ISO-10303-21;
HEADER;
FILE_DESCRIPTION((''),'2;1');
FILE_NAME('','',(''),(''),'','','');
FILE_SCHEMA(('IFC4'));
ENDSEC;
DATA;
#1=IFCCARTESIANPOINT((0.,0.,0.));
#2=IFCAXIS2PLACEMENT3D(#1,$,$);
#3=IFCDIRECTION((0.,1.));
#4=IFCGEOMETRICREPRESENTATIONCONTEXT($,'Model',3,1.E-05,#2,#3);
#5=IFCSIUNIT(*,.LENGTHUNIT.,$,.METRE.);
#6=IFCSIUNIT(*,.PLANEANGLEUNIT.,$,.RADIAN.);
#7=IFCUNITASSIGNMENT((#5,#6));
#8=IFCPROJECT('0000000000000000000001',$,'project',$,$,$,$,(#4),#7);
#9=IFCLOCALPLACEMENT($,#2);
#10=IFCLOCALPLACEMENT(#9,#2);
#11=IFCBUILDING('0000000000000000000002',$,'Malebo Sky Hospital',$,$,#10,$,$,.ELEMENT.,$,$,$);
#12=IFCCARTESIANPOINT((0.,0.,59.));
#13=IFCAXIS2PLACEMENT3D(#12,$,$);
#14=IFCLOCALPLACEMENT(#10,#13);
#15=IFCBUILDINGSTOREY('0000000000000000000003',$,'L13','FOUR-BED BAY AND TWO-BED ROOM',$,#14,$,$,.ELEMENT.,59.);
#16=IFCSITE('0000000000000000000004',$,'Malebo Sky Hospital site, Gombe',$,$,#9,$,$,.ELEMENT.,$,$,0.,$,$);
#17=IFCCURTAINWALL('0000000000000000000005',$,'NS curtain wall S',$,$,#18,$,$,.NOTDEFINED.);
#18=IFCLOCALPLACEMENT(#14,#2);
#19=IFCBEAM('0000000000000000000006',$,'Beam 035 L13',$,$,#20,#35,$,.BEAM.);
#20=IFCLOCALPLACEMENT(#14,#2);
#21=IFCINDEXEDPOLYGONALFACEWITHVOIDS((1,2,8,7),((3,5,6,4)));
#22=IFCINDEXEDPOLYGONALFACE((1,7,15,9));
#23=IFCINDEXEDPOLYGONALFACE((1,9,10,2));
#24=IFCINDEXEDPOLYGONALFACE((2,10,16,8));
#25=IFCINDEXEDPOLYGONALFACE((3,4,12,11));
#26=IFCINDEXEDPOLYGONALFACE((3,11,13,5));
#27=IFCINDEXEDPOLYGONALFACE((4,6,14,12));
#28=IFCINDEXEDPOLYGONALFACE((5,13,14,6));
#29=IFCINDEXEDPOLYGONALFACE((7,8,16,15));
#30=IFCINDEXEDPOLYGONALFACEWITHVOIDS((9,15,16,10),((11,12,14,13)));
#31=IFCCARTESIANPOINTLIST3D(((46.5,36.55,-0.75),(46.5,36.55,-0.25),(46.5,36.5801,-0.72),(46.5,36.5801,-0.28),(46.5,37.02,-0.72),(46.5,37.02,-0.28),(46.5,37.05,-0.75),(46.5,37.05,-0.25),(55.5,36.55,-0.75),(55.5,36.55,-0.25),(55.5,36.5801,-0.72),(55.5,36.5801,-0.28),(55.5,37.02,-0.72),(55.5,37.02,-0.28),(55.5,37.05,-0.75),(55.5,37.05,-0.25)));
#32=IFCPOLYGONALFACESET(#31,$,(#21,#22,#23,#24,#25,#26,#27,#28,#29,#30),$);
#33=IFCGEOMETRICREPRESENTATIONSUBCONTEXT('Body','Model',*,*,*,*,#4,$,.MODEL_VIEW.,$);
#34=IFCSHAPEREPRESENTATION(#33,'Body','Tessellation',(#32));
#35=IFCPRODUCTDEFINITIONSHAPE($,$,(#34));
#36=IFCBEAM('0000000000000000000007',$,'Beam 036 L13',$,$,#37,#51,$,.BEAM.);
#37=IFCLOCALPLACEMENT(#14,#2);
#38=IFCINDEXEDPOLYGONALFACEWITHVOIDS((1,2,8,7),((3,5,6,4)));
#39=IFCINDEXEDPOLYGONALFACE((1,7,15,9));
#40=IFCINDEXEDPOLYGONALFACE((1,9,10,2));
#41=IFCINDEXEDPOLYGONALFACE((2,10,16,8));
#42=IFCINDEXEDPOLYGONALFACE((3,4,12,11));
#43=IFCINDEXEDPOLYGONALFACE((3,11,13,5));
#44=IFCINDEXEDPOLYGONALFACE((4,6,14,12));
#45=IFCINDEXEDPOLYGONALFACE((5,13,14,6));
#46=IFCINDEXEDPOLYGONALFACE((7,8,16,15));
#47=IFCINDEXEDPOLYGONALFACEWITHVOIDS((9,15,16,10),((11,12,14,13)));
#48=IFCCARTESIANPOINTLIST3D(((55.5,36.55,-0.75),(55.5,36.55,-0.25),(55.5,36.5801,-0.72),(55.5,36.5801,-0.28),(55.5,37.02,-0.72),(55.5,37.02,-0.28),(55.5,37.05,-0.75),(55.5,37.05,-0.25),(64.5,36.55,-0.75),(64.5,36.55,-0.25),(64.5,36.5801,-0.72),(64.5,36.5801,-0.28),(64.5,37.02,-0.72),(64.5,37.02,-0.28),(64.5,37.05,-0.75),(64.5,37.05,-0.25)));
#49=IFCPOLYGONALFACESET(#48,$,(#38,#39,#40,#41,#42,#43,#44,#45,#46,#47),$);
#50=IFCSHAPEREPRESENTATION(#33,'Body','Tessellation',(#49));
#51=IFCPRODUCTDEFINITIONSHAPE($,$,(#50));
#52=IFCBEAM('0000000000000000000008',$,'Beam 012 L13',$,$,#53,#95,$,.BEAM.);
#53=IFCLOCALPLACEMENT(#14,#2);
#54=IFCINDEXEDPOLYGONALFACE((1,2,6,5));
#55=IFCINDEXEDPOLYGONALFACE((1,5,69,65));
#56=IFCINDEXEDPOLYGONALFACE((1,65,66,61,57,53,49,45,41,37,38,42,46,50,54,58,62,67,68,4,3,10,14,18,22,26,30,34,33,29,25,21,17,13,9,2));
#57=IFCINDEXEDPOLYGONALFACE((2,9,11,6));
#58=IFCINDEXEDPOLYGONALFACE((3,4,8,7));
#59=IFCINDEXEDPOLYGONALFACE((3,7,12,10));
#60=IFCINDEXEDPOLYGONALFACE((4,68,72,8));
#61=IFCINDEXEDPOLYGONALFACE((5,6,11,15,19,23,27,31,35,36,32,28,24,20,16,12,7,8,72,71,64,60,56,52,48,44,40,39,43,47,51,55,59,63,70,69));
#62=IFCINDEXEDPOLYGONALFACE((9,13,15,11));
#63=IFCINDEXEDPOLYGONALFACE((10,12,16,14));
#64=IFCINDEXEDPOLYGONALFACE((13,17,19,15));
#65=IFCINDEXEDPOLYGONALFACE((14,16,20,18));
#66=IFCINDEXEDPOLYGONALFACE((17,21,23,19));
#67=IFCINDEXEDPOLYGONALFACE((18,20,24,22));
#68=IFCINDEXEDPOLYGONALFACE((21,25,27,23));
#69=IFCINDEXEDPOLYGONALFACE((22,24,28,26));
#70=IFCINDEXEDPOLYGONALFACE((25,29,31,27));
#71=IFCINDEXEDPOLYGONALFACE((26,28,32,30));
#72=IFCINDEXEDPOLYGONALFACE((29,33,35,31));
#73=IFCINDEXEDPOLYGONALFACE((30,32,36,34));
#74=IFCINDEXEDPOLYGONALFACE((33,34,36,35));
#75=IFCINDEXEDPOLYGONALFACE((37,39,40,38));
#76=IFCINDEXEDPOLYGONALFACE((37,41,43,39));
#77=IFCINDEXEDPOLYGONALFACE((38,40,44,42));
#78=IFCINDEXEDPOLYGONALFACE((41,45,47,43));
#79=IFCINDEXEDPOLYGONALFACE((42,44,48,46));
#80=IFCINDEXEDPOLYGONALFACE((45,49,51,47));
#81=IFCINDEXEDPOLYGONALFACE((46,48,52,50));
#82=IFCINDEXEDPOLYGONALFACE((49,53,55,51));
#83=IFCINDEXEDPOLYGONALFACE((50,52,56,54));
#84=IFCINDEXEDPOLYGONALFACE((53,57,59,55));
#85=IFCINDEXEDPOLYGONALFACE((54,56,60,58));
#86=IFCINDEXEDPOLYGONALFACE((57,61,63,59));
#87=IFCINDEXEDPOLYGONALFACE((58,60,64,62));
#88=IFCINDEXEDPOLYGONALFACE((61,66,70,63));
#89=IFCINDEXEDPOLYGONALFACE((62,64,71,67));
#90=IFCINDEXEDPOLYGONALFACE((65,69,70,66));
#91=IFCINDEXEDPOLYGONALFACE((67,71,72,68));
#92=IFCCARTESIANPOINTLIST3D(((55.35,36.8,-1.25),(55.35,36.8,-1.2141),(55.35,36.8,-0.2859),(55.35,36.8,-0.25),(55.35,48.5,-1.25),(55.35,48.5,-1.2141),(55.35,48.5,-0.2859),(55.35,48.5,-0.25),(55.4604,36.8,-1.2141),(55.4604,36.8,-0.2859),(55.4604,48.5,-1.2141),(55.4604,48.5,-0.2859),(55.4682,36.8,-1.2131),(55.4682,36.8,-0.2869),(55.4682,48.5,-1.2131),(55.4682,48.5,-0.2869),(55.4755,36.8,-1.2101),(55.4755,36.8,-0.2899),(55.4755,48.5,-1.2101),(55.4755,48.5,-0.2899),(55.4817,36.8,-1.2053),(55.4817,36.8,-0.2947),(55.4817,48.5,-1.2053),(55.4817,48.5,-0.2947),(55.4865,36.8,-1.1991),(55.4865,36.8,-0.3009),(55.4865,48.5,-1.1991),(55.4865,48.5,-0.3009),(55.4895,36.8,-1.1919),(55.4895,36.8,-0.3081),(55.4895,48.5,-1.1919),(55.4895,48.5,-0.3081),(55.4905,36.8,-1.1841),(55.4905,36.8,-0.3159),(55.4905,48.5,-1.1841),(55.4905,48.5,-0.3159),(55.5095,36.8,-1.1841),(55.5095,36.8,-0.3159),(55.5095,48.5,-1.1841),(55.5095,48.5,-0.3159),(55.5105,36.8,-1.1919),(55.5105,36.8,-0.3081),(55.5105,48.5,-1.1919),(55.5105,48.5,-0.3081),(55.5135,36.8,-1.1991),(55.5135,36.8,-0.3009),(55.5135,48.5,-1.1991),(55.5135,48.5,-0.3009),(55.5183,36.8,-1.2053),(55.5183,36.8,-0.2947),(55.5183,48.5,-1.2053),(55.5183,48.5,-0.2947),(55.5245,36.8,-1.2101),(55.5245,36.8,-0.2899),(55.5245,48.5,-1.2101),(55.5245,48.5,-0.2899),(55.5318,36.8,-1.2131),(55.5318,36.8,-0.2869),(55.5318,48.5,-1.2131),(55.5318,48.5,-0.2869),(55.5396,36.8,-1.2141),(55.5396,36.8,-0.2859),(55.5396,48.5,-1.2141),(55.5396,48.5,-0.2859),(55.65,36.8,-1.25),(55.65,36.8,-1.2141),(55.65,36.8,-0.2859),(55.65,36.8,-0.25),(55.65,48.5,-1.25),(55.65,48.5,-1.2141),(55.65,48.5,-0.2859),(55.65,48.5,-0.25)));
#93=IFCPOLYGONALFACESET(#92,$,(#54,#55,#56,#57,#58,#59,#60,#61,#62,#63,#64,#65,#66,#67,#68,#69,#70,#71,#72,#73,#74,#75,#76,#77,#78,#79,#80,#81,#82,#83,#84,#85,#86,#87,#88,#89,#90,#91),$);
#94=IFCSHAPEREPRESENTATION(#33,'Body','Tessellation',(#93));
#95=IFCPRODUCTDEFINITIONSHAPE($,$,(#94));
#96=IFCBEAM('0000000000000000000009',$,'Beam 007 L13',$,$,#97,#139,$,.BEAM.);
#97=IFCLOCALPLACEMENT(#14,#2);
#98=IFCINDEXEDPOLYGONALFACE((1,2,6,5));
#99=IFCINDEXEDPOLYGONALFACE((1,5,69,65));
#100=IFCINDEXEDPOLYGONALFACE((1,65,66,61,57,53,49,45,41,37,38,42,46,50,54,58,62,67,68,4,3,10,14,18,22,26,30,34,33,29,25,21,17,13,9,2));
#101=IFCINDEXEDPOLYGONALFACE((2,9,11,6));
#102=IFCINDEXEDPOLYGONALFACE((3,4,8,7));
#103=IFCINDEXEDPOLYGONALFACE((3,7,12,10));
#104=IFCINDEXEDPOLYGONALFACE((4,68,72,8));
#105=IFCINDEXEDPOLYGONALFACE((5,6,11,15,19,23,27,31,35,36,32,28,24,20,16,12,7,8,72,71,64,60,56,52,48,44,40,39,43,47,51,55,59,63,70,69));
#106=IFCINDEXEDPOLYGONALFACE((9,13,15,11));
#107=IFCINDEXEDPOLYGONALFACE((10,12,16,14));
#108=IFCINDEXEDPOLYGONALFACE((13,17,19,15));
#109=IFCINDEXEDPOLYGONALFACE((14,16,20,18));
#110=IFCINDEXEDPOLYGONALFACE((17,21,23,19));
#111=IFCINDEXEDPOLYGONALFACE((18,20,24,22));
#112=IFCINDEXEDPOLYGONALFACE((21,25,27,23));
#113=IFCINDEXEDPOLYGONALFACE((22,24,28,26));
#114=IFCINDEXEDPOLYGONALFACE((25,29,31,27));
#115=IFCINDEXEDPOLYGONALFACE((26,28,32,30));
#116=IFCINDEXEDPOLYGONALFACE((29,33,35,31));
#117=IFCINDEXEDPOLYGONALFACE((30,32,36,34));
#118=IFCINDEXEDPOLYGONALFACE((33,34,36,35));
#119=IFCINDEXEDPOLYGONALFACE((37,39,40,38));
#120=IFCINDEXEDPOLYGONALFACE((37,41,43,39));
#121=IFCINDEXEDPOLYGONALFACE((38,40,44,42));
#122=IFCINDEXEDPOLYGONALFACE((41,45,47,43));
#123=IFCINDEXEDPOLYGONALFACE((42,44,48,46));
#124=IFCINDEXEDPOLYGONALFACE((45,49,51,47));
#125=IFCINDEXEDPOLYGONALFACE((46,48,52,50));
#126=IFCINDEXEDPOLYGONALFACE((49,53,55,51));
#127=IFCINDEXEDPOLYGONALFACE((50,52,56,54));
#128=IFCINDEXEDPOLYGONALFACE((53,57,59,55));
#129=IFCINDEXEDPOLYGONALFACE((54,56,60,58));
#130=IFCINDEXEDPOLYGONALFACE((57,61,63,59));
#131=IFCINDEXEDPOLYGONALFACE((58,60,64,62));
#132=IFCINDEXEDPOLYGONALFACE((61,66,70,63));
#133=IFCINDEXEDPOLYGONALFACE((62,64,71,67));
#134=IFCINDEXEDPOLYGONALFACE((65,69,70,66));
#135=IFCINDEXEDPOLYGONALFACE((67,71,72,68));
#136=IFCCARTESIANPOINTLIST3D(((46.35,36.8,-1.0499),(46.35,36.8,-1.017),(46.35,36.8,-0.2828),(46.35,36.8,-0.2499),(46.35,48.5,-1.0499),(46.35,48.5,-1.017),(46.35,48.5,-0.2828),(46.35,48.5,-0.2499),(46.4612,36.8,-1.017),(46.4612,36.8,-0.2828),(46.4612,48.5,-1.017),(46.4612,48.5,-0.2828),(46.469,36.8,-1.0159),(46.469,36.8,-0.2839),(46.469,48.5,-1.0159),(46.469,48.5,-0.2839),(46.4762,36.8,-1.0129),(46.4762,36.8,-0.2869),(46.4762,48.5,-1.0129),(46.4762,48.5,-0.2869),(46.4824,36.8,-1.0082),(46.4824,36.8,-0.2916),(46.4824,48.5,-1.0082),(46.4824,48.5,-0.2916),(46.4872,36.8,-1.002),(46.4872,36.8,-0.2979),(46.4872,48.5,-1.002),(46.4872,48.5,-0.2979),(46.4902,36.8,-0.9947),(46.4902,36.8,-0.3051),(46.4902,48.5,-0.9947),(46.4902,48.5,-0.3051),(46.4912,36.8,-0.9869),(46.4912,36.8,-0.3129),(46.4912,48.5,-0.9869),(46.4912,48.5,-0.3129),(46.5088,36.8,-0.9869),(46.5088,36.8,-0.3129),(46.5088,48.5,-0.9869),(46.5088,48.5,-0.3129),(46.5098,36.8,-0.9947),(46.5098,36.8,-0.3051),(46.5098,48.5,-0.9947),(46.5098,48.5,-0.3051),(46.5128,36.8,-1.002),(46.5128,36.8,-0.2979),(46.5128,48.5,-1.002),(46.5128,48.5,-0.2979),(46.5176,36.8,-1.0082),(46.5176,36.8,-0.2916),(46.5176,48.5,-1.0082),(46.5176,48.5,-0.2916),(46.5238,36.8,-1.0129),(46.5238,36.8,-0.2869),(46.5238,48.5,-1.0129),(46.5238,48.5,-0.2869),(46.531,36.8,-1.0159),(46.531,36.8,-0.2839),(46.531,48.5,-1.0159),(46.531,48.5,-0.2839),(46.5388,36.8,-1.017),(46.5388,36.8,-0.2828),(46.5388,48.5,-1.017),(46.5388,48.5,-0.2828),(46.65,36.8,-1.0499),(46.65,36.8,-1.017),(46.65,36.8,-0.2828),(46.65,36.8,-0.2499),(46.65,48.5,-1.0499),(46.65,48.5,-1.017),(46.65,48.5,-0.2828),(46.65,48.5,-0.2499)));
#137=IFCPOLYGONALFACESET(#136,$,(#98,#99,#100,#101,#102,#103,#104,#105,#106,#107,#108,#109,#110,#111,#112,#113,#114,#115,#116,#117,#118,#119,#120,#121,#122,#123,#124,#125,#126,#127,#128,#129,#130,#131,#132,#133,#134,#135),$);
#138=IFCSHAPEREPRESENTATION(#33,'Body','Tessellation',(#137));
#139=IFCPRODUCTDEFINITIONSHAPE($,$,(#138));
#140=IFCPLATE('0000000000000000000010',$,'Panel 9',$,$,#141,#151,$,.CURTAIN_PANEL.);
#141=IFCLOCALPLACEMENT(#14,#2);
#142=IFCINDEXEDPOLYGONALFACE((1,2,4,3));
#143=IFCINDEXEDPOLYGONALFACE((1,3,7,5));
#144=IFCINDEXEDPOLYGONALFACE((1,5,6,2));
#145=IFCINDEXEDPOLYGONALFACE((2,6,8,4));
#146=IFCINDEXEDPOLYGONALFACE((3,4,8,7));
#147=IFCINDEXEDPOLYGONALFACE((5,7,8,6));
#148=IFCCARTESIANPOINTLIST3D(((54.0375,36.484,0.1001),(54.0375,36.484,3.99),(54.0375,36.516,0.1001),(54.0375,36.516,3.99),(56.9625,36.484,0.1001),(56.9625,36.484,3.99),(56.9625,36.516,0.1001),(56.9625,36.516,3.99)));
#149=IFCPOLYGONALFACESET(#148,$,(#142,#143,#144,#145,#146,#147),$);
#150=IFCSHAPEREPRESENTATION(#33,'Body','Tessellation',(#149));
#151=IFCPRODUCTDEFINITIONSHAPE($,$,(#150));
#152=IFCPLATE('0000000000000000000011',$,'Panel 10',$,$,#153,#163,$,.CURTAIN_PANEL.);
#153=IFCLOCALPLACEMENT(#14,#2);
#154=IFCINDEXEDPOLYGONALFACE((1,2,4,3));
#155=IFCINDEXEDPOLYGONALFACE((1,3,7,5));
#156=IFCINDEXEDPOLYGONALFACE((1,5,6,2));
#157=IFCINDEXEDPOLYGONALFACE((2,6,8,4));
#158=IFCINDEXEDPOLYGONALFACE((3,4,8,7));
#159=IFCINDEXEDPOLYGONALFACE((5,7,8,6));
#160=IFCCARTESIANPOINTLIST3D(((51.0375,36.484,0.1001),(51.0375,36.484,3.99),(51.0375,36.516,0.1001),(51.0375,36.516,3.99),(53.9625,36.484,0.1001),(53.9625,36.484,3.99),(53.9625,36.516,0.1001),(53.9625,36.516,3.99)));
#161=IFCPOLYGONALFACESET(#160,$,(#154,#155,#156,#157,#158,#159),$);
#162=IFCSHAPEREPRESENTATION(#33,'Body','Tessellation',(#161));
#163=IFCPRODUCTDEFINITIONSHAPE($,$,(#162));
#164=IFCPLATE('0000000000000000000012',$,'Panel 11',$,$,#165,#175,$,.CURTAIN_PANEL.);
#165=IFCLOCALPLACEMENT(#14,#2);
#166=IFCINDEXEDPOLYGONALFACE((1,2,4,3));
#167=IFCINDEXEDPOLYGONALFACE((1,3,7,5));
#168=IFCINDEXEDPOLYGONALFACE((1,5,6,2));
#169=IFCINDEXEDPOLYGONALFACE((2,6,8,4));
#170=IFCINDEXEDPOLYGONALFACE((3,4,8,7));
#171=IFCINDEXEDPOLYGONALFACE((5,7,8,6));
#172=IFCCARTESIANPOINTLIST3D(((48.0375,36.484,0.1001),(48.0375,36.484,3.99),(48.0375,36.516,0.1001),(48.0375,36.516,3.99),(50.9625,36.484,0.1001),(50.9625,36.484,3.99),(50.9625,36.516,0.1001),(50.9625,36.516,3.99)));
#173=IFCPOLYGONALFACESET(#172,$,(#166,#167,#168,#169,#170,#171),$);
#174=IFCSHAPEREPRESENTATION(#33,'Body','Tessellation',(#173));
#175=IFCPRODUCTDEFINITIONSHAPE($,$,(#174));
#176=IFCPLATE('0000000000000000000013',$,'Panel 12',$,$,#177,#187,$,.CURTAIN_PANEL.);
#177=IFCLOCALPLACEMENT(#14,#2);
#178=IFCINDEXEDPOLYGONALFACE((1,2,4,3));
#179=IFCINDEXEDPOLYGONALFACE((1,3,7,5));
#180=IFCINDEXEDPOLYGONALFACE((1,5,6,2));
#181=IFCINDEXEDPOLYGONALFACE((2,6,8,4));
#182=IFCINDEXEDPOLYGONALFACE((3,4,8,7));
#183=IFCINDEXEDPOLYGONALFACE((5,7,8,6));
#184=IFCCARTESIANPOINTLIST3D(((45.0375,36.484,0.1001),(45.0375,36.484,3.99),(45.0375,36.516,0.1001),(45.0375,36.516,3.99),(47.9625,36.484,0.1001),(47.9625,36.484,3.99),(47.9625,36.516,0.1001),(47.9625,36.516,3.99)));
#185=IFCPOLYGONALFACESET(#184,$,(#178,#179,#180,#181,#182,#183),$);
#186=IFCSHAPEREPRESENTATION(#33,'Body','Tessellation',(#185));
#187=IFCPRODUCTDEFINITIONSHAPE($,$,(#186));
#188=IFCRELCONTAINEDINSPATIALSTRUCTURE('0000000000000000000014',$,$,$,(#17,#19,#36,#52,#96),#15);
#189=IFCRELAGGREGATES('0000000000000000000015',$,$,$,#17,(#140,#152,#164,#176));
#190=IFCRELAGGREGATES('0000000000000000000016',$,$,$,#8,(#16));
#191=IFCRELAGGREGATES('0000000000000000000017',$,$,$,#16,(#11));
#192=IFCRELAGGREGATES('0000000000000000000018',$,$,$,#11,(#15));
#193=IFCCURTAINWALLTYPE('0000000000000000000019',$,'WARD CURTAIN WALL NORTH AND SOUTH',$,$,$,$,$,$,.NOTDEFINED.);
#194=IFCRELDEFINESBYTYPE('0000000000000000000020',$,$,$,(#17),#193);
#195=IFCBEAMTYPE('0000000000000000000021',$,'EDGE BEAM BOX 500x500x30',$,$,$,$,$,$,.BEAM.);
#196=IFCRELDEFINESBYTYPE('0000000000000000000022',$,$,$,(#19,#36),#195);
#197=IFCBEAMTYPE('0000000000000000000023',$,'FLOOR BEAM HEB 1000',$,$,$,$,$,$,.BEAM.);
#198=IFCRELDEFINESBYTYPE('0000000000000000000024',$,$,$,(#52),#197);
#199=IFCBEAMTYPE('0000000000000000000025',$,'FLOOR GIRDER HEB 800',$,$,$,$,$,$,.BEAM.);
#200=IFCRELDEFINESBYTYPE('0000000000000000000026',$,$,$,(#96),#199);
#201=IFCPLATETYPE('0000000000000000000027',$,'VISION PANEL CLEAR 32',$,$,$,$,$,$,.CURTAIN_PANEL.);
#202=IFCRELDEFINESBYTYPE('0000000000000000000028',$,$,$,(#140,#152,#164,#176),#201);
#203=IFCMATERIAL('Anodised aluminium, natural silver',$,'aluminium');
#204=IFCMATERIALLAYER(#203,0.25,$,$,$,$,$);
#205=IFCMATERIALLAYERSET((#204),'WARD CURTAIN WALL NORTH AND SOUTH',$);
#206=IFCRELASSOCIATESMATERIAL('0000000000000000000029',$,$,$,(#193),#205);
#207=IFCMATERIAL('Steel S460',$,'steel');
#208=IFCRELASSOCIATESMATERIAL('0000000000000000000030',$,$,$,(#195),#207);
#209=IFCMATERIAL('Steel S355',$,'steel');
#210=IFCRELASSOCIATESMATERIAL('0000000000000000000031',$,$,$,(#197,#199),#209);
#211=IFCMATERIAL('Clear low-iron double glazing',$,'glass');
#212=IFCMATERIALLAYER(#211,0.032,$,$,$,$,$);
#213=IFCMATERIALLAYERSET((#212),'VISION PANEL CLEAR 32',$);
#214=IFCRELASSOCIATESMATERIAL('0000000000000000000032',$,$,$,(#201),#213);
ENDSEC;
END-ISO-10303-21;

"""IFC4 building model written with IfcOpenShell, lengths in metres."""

from ifc_helpers import new_model, si_unit, direction, frame, origin, origin_2d, place, context, subcontext, project, spatial, rectangle, hollow_rectangle, i_section, extrude, material, layer, layer_set, material_profile, profile_set, type_object, element, aggregate, save


model = new_model("IFC4")

# Units and contexts
model_context = context("Model", 3, precision=1e-05, world=origin(), true_north=direction((0.0, 1.0)))
body_context = subcontext(model_context, "Body", "Model", "MODEL_VIEW")
ifc_project = project(units=[si_unit("LENGTHUNIT", "METRE"), si_unit("PLANEANGLEUNIT", "RADIAN")], contexts=[model_context])

# Site, building, storey
site_placement = place(None, origin())
site = spatial("IfcSite", under=ifc_project, at=site_placement, Name="Malebo Sky Hospital site, Gombe", CompositionType="ELEMENT", RefElevation=0.0)
building_placement = place(site_placement, origin())
building = spatial("IfcBuilding", under=site, at=building_placement, Name="Malebo Sky Hospital", CompositionType="ELEMENT")
storey_placement = place(building_placement, frame((0.0, 0.0, 59.0)))
storey = spatial("IfcBuildingStorey", under=building, at=storey_placement, Name="L13", Description="FOUR-BED BAY AND TWO-BED ROOM", CompositionType="ELEMENT", Elevation=59.0)

# Shared definitions
ifc_material_1 = material(Name="Steel S460", Category="steel")

# Curtain wall
ifc_material_2 = material(Name="Anodised aluminium, natural silver", Category="aluminium")
ifc_layer_1 = layer(ifc_material_2, 0.25)
ifc_layer_set_1 = layer_set([ifc_layer_1], Name="WARD CURTAIN WALL NORTH AND SOUTH")
curtain_wall_type = type_object("IfcCurtainWallType", Name="WARD CURTAIN WALL NORTH AND SOUTH", PredefinedType="NOTDEFINED", material=ifc_layer_set_1)
curtain_wall_placement = place(storey_placement, origin())
curtain_wall = element("IfcCurtainWall", 1, at=curtain_wall_placement, inside=storey, type_object=curtain_wall_type, Name="NS curtain wall S", PredefinedType="NOTDEFINED")

# Beams
ifc_material_profile_1 = material_profile(ifc_material_1, hollow_rectangle(XDim=0.5, YDim=0.5, WallThickness=0.03, at=origin_2d()), Name="BOX 500x500x30")
ifc_profile_set_1 = profile_set([ifc_material_profile_1], Name="Steel S460")
beam_type_1 = type_object("IfcBeamType", Name="EDGE BEAM BOX 500x500x30", PredefinedType="BEAM", material=ifc_profile_set_1)
for number, where, z_axis, x_axis, name in (
    (2, (46.5, 36.8, -0.5), (1.0, 0.0, 0.0), (0.0, 1.0, 0.0), "Beam 035 L13"),
    (3, (55.5, 36.8, -0.5), (1.0, 0.0, 0.0), (0.0, 1.0, 0.0), "Beam 036 L13"),
):
    element("IfcBeam", number, at=place(storey_placement, frame(where, z_axis=z_axis, x_axis=x_axis)), inside=storey, type_object=beam_type_1, Name=name, PredefinedType="BEAM", context=body_context, shape_type="SweptSolid", body=[
        extrude(hollow_rectangle(XDim=0.5, YDim=0.5, WallThickness=0.03, at=origin_2d()), origin(), (0.0, 0.0, 1.0), 9.0),
    ])
ifc_material_3 = material(Name="Steel S355", Category="steel")
ifc_material_profile_2 = material_profile(ifc_material_3, i_section(OverallWidth=0.3, OverallDepth=1.0, WebThickness=0.019, FlangeThickness=0.0359, FilletRadius=0.03, at=origin_2d()), Name="HEB 1000")
ifc_profile_set_2 = profile_set([ifc_material_profile_2], Name="Steel S355")
beam_type_2 = type_object("IfcBeamType", Name="FLOOR BEAM HEB 1000", PredefinedType="BEAM", material=ifc_profile_set_2)
beam_1_placement = place(storey_placement, frame((55.5, 36.8, -0.75), z_axis=(0.0, 1.0, 0.0), x_axis=(-1.0, 0.0, 0.0)))
element("IfcBeam", 4, at=beam_1_placement, inside=storey, type_object=beam_type_2, Name="Beam 012 L13", PredefinedType="BEAM", context=body_context, shape_type="SweptSolid", body=[
    extrude(i_section(OverallWidth=0.3, OverallDepth=1.0, WebThickness=0.019, FlangeThickness=0.0359, FilletRadius=0.03, at=origin_2d()), origin(), (0.0, 0.0, 1.0), 11.7),
])
ifc_material_profile_3 = material_profile(ifc_material_3, i_section(OverallWidth=0.3, OverallDepth=0.8, WebThickness=0.0176, FlangeThickness=0.033, FilletRadius=0.03, at=origin_2d()), Name="HEB 800")
ifc_profile_set_3 = profile_set([ifc_material_profile_3], Name="Steel S355")
beam_type_3 = type_object("IfcBeamType", Name="FLOOR GIRDER HEB 800", PredefinedType="BEAM", material=ifc_profile_set_3)
beam_2_placement = place(storey_placement, frame((46.5, 36.8, -0.6499), z_axis=(0.0, 1.0, 0.0), x_axis=(-1.0, 0.0, 0.0)))
element("IfcBeam", 5, at=beam_2_placement, inside=storey, type_object=beam_type_3, Name="Beam 007 L13", PredefinedType="BEAM", context=body_context, shape_type="SweptSolid", body=[
    extrude(i_section(OverallWidth=0.3, OverallDepth=0.8, WebThickness=0.0176, FlangeThickness=0.033, FilletRadius=0.03, at=origin_2d()), origin(), (0.0, 0.0, 1.0), 11.7),
])

# Plates
ifc_material_4 = material(Name="Clear low-iron double glazing", Category="glass")
ifc_layer_2 = layer(ifc_material_4, 0.032)
ifc_layer_set_2 = layer_set([ifc_layer_2], Name="VISION PANEL CLEAR 32")
plate_type = type_object("IfcPlateType", Name="VISION PANEL CLEAR 32", PredefinedType="CURTAIN_PANEL", material=ifc_layer_set_2)
plate_1_placement = place(storey_placement, frame((55.5, 36.5, 0.1001), z_axis=(0.0, 0.0, 1.0), x_axis=(-1.0, 0.0, 0.0)))
plate_1 = element("IfcPlate", 6, at=plate_1_placement, type_object=plate_type, Name="Panel 9", PredefinedType="CURTAIN_PANEL", context=body_context, shape_type="SweptSolid", body=[
    extrude(rectangle(XDim=2.925, YDim=0.032, at=origin_2d()), origin(), (0.0, 0.0, 1.0), 3.8899),
])
plate_2_placement = place(storey_placement, frame((52.5, 36.5, 0.1001), z_axis=(0.0, 0.0, 1.0), x_axis=(-1.0, 0.0, 0.0)))
plate_2 = element("IfcPlate", 7, at=plate_2_placement, type_object=plate_type, Name="Panel 10", PredefinedType="CURTAIN_PANEL", context=body_context, shape_type="SweptSolid", body=[
    extrude(rectangle(XDim=2.925, YDim=0.032, at=origin_2d()), origin(), (0.0, 0.0, 1.0), 3.8899),
])
plate_3_placement = place(storey_placement, frame((49.5, 36.5, 0.1001), z_axis=(0.0, 0.0, 1.0), x_axis=(-1.0, 0.0, 0.0)))
plate_3 = element("IfcPlate", 8, at=plate_3_placement, type_object=plate_type, Name="Panel 11", PredefinedType="CURTAIN_PANEL", context=body_context, shape_type="SweptSolid", body=[
    extrude(rectangle(XDim=2.925, YDim=0.032, at=origin_2d()), origin(), (0.0, 0.0, 1.0), 3.8899),
])
plate_4_placement = place(storey_placement, frame((46.5, 36.5, 0.1001), z_axis=(0.0, 0.0, 1.0), x_axis=(-1.0, 0.0, 0.0)))
plate_4 = element("IfcPlate", 9, at=plate_4_placement, type_object=plate_type, Name="Panel 12", PredefinedType="CURTAIN_PANEL", context=body_context, shape_type="SweptSolid", body=[
    extrude(rectangle(XDim=2.925, YDim=0.032, at=origin_2d()), origin(), (0.0, 0.0, 1.0), 3.8899),
])
aggregate(curtain_wall, [plate_1, plate_2, plate_3, plate_4])

save(model, "model.ifc")
